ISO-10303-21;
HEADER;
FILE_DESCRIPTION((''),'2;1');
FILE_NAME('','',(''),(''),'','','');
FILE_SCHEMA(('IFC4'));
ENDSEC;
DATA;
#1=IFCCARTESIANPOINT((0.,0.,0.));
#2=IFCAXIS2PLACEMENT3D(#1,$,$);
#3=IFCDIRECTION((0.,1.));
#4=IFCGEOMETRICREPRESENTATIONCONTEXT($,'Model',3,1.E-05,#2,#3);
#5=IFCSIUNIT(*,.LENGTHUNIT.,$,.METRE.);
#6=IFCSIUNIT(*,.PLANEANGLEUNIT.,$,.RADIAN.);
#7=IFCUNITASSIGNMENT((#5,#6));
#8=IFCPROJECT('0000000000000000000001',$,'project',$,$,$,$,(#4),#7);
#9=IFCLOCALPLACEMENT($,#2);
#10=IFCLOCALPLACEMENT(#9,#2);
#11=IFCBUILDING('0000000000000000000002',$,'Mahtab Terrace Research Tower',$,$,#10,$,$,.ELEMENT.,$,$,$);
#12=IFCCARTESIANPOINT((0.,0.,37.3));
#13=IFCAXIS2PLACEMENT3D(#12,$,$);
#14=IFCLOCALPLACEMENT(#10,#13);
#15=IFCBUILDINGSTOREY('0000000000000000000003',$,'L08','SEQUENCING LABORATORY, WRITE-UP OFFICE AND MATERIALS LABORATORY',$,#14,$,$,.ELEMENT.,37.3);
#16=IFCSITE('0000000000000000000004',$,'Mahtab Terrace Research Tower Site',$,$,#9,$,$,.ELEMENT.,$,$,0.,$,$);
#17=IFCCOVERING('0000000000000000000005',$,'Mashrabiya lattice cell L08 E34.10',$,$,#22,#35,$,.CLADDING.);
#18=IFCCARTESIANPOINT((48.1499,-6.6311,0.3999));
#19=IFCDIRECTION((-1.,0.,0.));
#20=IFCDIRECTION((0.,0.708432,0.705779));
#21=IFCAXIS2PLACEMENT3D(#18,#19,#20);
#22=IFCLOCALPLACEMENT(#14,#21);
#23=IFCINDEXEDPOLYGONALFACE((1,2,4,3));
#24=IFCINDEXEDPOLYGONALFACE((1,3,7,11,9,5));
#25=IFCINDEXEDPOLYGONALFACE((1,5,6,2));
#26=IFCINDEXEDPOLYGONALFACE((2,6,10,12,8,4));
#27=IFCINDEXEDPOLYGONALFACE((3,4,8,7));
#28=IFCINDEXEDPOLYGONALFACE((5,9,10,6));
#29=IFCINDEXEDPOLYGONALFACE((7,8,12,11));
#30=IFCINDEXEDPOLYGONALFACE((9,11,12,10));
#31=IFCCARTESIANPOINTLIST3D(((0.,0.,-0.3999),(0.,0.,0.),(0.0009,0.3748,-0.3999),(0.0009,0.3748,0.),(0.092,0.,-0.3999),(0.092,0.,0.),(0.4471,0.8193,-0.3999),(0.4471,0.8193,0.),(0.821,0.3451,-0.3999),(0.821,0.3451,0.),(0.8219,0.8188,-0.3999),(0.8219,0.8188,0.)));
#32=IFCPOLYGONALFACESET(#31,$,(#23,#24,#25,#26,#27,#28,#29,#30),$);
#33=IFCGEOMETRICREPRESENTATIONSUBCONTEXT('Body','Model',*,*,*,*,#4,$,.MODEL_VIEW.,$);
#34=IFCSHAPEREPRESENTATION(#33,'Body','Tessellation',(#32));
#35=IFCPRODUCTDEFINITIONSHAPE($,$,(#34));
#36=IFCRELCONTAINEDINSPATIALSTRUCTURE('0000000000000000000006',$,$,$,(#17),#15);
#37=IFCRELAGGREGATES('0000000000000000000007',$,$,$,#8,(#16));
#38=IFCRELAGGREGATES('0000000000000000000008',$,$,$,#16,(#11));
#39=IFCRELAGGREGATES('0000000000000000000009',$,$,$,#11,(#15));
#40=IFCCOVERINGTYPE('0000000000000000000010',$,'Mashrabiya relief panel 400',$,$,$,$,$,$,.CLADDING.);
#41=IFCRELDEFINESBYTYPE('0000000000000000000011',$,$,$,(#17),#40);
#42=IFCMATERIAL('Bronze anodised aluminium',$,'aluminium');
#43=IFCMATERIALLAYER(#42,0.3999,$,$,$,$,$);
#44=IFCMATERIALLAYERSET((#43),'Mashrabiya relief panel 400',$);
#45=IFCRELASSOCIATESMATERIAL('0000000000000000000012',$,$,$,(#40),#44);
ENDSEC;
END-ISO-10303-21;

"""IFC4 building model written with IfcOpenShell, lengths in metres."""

from ifc_helpers import new_model, si_unit, direction, frame, origin, place, context, subcontext, project, spatial, polyline, outline, extrude, material, layer, layer_set, type_object, element, save


model = new_model("IFC4")

# Units and contexts
model_context = context("Model", 3, precision=1e-05, world=origin(), true_north=direction((0.0, 1.0)))
body_context = subcontext(model_context, "Body", "Model", "MODEL_VIEW")
ifc_project = project(units=[si_unit("LENGTHUNIT", "METRE"), si_unit("PLANEANGLEUNIT", "RADIAN")], contexts=[model_context])

# Site, building, storey
site_placement = place(None, origin())
site = spatial("IfcSite", under=ifc_project, at=site_placement, Name="Mahtab Terrace Research Tower Site", CompositionType="ELEMENT", RefElevation=0.0)
building_placement = place(site_placement, origin())
building = spatial("IfcBuilding", under=site, at=building_placement, Name="Mahtab Terrace Research Tower", CompositionType="ELEMENT")
storey_placement = place(building_placement, frame((0.0, 0.0, 37.3)))
storey = spatial("IfcBuildingStorey", under=building, at=storey_placement, Name="L08", Description="SEQUENCING LABORATORY, WRITE-UP OFFICE AND MATERIALS LABORATORY", CompositionType="ELEMENT", Elevation=37.3)

# Covering
ifc_material = material(Name="Bronze anodised aluminium", Category="aluminium")
ifc_layer = layer(ifc_material, 0.3999)
ifc_layer_set = layer_set([ifc_layer], Name="Mashrabiya relief panel 400")
covering_type = type_object("IfcCoveringType", Name="Mashrabiya relief panel 400", PredefinedType="CLADDING", material=ifc_layer_set)
covering_1_placement = place(storey_placement, frame((48.1499, -6.6311, 0.3999), z_axis=(-1.0, 0.0, 0.0), x_axis=(0.0, 0.708432, 0.705779)))
element("IfcCovering", 1, at=covering_1_placement, inside=storey, type_object=covering_type, Name="Mashrabiya lattice cell L08 E34.10", PredefinedType="CLADDING", context=body_context, shape_type="SweptSolid", body=[
    extrude(outline(polyline([(0.0, 0.0), (0.092, 0.0), (0.821, 0.3451), (0.8219, 0.8188), (0.4471, 0.8193), (0.0009, 0.3748), (0.0, 0.0)])), origin(), (0.0, 0.0, -1.0), 0.3999),
])

save(model, "model.ifc")
